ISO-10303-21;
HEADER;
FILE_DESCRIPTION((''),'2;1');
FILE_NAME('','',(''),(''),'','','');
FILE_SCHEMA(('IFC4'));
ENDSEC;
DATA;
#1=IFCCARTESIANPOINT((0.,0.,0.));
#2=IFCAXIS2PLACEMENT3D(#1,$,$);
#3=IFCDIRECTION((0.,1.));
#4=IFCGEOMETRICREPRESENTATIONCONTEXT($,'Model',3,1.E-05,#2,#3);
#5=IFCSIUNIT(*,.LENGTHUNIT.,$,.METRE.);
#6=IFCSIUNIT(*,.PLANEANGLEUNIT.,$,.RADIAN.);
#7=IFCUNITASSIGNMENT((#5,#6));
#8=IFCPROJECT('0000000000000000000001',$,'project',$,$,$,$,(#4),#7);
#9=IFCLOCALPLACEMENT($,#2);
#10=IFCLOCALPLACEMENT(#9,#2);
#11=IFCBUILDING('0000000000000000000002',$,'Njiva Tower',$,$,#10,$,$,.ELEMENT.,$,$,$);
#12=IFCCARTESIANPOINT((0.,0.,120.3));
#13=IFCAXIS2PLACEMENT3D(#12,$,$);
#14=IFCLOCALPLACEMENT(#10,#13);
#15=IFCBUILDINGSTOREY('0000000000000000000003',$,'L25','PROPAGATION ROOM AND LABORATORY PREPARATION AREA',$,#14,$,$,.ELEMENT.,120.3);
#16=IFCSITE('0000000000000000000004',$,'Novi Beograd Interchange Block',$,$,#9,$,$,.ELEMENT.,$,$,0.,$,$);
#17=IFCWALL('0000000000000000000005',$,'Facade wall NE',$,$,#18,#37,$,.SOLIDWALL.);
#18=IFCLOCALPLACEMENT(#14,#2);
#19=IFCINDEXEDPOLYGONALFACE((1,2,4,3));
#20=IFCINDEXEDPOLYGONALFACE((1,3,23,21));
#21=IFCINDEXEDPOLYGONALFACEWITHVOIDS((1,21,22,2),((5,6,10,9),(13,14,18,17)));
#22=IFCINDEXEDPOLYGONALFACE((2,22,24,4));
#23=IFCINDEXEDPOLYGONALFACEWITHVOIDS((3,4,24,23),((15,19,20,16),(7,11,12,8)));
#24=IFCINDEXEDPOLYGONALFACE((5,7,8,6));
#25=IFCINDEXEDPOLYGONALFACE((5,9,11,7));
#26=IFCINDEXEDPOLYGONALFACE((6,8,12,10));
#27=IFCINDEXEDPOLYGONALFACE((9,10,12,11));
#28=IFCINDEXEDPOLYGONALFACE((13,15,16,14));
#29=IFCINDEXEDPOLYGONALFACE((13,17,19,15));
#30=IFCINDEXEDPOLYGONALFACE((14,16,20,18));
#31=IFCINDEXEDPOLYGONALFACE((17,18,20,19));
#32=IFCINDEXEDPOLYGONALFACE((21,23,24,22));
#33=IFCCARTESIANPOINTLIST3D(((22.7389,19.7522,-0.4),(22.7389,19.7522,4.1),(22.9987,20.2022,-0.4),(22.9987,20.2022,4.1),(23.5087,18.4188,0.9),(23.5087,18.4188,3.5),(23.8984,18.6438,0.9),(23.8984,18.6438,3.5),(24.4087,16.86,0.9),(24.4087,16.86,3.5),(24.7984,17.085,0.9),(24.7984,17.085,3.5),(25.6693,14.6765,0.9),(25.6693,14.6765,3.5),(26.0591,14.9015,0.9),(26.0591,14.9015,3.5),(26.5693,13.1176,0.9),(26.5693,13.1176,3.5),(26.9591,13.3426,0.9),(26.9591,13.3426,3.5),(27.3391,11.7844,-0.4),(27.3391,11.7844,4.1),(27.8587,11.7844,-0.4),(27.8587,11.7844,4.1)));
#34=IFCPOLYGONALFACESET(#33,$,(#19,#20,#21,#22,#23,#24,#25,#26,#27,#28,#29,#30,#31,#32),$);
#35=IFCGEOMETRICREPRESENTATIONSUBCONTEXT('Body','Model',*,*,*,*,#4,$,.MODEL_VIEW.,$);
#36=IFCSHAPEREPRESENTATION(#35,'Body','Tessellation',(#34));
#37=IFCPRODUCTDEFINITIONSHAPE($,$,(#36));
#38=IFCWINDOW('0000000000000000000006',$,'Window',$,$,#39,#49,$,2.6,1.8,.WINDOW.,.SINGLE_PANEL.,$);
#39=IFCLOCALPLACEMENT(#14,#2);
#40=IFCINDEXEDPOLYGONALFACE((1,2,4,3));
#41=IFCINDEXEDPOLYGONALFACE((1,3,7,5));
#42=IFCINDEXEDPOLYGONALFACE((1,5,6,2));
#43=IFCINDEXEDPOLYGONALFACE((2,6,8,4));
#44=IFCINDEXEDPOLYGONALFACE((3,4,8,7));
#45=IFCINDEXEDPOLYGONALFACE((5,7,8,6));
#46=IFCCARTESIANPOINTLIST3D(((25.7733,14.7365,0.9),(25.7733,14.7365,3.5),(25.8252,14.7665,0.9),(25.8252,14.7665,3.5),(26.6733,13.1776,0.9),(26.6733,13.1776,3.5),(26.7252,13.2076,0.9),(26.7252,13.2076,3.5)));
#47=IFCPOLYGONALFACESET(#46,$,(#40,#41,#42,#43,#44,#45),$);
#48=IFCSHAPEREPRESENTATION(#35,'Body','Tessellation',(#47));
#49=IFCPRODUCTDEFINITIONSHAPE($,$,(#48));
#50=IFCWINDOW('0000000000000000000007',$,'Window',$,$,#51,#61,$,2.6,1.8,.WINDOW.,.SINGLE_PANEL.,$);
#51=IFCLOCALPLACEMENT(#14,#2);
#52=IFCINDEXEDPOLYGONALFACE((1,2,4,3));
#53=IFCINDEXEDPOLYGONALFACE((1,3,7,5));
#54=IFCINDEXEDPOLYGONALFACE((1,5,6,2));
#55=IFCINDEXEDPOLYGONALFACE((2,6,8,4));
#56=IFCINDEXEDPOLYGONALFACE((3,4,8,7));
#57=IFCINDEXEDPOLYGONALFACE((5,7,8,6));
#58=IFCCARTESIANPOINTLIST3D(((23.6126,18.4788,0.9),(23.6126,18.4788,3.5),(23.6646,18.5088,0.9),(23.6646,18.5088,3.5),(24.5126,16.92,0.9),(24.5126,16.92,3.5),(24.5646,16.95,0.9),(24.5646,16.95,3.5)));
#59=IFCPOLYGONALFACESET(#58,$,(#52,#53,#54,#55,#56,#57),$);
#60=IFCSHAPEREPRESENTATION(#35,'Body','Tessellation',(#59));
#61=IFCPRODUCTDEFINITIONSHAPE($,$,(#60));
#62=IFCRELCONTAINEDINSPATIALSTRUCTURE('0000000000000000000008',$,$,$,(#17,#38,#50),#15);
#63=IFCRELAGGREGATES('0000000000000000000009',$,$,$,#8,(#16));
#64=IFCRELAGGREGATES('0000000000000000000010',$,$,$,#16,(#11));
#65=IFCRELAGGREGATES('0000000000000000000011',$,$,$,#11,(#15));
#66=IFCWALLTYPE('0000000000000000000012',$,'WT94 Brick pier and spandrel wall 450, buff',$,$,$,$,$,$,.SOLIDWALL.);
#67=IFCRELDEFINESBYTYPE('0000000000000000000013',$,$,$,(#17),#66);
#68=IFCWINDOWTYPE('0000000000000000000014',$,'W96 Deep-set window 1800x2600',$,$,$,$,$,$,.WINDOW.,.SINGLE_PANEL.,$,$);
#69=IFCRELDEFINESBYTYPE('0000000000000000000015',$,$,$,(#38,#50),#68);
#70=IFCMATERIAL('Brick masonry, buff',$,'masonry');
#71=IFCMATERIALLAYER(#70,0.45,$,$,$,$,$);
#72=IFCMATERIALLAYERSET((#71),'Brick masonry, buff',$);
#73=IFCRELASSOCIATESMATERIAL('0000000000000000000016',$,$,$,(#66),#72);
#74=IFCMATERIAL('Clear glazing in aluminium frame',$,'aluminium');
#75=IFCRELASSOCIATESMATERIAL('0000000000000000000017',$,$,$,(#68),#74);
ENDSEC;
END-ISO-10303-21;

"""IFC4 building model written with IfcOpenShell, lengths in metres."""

from ifc_helpers import new_model, si_unit, direction, frame, frame_2d, origin, place, context, subcontext, project, spatial, polyline, rectangle, outline, extrude, material, layer, layer_set, type_object, element, fill, save


model = new_model("IFC4")

# Units and contexts
model_context = context("Model", 3, precision=1e-05, world=origin(), true_north=direction((0.0, 1.0)))
body_context = subcontext(model_context, "Body", "Model", "MODEL_VIEW")
ifc_project = project(units=[si_unit("LENGTHUNIT", "METRE"), si_unit("PLANEANGLEUNIT", "RADIAN")], contexts=[model_context])

# Site, building, storey
site_placement = place(None, origin())
site = spatial("IfcSite", under=ifc_project, at=site_placement, Name="Novi Beograd Interchange Block", CompositionType="ELEMENT", RefElevation=0.0)
building_placement = place(site_placement, origin())
building = spatial("IfcBuilding", under=site, at=building_placement, Name="Njiva Tower", CompositionType="ELEMENT")
storey_placement = place(building_placement, frame((0.0, 0.0, 120.3)))
storey = spatial("IfcBuildingStorey", under=building, at=storey_placement, Name="L25", Description="PROPAGATION ROOM AND LABORATORY PREPARATION AREA", CompositionType="ELEMENT", Elevation=120.3)

# Wall, openings, windows
ifc_material_1 = material(Name="Clear glazing in aluminium frame", Category="aluminium")
ifc_material_2 = material(Name="Brick masonry, buff", Category="masonry")
ifc_layer_1 = layer(ifc_material_2, 0.45)
ifc_layer_set_1 = layer_set([ifc_layer_1], Name="Brick masonry, buff")
wall_type_1 = type_object("IfcWallType", Name="WT94 Brick pier and spandrel wall 450, buff", PredefinedType="SOLIDWALL", material=ifc_layer_set_1)
wall_1_placement = place(storey_placement, frame((27.5989, 11.7844, -0.4), z_axis=(0.0, 0.0, 1.0), x_axis=(-0.499999, 0.866026, 0.0)))
wall_1 = element("IfcWall", 1, at=wall_1_placement, inside=storey, type_object=wall_type_1, Name="Facade wall NE", PredefinedType="SOLIDWALL", context=body_context, shape_type="SweptSolid", body=[
    extrude(outline(polyline([(-0.1299, -0.225), (9.5901, -0.225), (9.3303, 0.225), (0.1299, 0.225), (-0.1299, -0.225)])), origin(), (0.0, 0.0, 1.0), 4.5),
])
opening_1_placement = place(wall_1_placement, frame((1.6694, 0.0, 1.3)))
opening_1 = element("IfcOpeningElement", 2, at=opening_1_placement, cuts=wall_1, PredefinedType="OPENING", context=body_context, shape_type="SweptSolid", body=[
    extrude(rectangle(XDim=1.8, YDim=2.6, at=frame_2d((0.9, 1.3))), frame((0.0, 0.235, 0.0), z_axis=(0.0, -1.0, 0.0), x_axis=(1.0, 0.0, 0.0)), (0.0, 0.0, 1.0), 0.47),
])
opening_2_placement = place(wall_1_placement, frame((5.9907, 0.0, 1.3)))
opening_2 = element("IfcOpeningElement", 3, at=opening_2_placement, cuts=wall_1, PredefinedType="OPENING", context=body_context, shape_type="SweptSolid", body=[
    extrude(rectangle(XDim=1.8, YDim=2.6, at=frame_2d((0.9, 1.3))), frame((0.0, 0.235, 0.0), z_axis=(0.0, -1.0, 0.0), x_axis=(1.0, 0.0, 0.0)), (0.0, 0.0, 1.0), 0.47),
])
window_type_1 = type_object("IfcWindowType", Name="W96 Deep-set window 1800x2600", PartitioningType="SINGLE_PANEL", PredefinedType="WINDOW", material=ifc_material_1)
window_1_placement = place(opening_1_placement, origin())
window_1 = element("IfcWindow", 4, at=window_1_placement, inside=storey, type_object=window_type_1, Name="Window", OverallHeight=2.6, OverallWidth=1.8, PartitioningType="SINGLE_PANEL", PredefinedType="WINDOW", context=body_context, shape_type="SweptSolid", body=[
    extrude(rectangle(XDim=1.8, YDim=2.6, at=frame_2d((0.9, 1.3))), frame((0.0, 0.105, 0.0), z_axis=(0.0, -1.0, 0.0), x_axis=(1.0, 0.0, 0.0)), (0.0, 0.0, 1.0), 0.06),
])
fill(opening_1, window_1)
window_2_placement = place(opening_2_placement, origin())
window_2 = element("IfcWindow", 5, at=window_2_placement, inside=storey, type_object=window_type_1, Name="Window", OverallHeight=2.6, OverallWidth=1.8, PartitioningType="SINGLE_PANEL", PredefinedType="WINDOW", context=body_context, shape_type="SweptSolid", body=[
    extrude(rectangle(XDim=1.8, YDim=2.6, at=frame_2d((0.9, 1.3))), frame((0.0, 0.105, 0.0), z_axis=(0.0, -1.0, 0.0), x_axis=(1.0, 0.0, 0.0)), (0.0, 0.0, 1.0), 0.06),
])
fill(opening_2, window_2)

save(model, "model.ifc")
